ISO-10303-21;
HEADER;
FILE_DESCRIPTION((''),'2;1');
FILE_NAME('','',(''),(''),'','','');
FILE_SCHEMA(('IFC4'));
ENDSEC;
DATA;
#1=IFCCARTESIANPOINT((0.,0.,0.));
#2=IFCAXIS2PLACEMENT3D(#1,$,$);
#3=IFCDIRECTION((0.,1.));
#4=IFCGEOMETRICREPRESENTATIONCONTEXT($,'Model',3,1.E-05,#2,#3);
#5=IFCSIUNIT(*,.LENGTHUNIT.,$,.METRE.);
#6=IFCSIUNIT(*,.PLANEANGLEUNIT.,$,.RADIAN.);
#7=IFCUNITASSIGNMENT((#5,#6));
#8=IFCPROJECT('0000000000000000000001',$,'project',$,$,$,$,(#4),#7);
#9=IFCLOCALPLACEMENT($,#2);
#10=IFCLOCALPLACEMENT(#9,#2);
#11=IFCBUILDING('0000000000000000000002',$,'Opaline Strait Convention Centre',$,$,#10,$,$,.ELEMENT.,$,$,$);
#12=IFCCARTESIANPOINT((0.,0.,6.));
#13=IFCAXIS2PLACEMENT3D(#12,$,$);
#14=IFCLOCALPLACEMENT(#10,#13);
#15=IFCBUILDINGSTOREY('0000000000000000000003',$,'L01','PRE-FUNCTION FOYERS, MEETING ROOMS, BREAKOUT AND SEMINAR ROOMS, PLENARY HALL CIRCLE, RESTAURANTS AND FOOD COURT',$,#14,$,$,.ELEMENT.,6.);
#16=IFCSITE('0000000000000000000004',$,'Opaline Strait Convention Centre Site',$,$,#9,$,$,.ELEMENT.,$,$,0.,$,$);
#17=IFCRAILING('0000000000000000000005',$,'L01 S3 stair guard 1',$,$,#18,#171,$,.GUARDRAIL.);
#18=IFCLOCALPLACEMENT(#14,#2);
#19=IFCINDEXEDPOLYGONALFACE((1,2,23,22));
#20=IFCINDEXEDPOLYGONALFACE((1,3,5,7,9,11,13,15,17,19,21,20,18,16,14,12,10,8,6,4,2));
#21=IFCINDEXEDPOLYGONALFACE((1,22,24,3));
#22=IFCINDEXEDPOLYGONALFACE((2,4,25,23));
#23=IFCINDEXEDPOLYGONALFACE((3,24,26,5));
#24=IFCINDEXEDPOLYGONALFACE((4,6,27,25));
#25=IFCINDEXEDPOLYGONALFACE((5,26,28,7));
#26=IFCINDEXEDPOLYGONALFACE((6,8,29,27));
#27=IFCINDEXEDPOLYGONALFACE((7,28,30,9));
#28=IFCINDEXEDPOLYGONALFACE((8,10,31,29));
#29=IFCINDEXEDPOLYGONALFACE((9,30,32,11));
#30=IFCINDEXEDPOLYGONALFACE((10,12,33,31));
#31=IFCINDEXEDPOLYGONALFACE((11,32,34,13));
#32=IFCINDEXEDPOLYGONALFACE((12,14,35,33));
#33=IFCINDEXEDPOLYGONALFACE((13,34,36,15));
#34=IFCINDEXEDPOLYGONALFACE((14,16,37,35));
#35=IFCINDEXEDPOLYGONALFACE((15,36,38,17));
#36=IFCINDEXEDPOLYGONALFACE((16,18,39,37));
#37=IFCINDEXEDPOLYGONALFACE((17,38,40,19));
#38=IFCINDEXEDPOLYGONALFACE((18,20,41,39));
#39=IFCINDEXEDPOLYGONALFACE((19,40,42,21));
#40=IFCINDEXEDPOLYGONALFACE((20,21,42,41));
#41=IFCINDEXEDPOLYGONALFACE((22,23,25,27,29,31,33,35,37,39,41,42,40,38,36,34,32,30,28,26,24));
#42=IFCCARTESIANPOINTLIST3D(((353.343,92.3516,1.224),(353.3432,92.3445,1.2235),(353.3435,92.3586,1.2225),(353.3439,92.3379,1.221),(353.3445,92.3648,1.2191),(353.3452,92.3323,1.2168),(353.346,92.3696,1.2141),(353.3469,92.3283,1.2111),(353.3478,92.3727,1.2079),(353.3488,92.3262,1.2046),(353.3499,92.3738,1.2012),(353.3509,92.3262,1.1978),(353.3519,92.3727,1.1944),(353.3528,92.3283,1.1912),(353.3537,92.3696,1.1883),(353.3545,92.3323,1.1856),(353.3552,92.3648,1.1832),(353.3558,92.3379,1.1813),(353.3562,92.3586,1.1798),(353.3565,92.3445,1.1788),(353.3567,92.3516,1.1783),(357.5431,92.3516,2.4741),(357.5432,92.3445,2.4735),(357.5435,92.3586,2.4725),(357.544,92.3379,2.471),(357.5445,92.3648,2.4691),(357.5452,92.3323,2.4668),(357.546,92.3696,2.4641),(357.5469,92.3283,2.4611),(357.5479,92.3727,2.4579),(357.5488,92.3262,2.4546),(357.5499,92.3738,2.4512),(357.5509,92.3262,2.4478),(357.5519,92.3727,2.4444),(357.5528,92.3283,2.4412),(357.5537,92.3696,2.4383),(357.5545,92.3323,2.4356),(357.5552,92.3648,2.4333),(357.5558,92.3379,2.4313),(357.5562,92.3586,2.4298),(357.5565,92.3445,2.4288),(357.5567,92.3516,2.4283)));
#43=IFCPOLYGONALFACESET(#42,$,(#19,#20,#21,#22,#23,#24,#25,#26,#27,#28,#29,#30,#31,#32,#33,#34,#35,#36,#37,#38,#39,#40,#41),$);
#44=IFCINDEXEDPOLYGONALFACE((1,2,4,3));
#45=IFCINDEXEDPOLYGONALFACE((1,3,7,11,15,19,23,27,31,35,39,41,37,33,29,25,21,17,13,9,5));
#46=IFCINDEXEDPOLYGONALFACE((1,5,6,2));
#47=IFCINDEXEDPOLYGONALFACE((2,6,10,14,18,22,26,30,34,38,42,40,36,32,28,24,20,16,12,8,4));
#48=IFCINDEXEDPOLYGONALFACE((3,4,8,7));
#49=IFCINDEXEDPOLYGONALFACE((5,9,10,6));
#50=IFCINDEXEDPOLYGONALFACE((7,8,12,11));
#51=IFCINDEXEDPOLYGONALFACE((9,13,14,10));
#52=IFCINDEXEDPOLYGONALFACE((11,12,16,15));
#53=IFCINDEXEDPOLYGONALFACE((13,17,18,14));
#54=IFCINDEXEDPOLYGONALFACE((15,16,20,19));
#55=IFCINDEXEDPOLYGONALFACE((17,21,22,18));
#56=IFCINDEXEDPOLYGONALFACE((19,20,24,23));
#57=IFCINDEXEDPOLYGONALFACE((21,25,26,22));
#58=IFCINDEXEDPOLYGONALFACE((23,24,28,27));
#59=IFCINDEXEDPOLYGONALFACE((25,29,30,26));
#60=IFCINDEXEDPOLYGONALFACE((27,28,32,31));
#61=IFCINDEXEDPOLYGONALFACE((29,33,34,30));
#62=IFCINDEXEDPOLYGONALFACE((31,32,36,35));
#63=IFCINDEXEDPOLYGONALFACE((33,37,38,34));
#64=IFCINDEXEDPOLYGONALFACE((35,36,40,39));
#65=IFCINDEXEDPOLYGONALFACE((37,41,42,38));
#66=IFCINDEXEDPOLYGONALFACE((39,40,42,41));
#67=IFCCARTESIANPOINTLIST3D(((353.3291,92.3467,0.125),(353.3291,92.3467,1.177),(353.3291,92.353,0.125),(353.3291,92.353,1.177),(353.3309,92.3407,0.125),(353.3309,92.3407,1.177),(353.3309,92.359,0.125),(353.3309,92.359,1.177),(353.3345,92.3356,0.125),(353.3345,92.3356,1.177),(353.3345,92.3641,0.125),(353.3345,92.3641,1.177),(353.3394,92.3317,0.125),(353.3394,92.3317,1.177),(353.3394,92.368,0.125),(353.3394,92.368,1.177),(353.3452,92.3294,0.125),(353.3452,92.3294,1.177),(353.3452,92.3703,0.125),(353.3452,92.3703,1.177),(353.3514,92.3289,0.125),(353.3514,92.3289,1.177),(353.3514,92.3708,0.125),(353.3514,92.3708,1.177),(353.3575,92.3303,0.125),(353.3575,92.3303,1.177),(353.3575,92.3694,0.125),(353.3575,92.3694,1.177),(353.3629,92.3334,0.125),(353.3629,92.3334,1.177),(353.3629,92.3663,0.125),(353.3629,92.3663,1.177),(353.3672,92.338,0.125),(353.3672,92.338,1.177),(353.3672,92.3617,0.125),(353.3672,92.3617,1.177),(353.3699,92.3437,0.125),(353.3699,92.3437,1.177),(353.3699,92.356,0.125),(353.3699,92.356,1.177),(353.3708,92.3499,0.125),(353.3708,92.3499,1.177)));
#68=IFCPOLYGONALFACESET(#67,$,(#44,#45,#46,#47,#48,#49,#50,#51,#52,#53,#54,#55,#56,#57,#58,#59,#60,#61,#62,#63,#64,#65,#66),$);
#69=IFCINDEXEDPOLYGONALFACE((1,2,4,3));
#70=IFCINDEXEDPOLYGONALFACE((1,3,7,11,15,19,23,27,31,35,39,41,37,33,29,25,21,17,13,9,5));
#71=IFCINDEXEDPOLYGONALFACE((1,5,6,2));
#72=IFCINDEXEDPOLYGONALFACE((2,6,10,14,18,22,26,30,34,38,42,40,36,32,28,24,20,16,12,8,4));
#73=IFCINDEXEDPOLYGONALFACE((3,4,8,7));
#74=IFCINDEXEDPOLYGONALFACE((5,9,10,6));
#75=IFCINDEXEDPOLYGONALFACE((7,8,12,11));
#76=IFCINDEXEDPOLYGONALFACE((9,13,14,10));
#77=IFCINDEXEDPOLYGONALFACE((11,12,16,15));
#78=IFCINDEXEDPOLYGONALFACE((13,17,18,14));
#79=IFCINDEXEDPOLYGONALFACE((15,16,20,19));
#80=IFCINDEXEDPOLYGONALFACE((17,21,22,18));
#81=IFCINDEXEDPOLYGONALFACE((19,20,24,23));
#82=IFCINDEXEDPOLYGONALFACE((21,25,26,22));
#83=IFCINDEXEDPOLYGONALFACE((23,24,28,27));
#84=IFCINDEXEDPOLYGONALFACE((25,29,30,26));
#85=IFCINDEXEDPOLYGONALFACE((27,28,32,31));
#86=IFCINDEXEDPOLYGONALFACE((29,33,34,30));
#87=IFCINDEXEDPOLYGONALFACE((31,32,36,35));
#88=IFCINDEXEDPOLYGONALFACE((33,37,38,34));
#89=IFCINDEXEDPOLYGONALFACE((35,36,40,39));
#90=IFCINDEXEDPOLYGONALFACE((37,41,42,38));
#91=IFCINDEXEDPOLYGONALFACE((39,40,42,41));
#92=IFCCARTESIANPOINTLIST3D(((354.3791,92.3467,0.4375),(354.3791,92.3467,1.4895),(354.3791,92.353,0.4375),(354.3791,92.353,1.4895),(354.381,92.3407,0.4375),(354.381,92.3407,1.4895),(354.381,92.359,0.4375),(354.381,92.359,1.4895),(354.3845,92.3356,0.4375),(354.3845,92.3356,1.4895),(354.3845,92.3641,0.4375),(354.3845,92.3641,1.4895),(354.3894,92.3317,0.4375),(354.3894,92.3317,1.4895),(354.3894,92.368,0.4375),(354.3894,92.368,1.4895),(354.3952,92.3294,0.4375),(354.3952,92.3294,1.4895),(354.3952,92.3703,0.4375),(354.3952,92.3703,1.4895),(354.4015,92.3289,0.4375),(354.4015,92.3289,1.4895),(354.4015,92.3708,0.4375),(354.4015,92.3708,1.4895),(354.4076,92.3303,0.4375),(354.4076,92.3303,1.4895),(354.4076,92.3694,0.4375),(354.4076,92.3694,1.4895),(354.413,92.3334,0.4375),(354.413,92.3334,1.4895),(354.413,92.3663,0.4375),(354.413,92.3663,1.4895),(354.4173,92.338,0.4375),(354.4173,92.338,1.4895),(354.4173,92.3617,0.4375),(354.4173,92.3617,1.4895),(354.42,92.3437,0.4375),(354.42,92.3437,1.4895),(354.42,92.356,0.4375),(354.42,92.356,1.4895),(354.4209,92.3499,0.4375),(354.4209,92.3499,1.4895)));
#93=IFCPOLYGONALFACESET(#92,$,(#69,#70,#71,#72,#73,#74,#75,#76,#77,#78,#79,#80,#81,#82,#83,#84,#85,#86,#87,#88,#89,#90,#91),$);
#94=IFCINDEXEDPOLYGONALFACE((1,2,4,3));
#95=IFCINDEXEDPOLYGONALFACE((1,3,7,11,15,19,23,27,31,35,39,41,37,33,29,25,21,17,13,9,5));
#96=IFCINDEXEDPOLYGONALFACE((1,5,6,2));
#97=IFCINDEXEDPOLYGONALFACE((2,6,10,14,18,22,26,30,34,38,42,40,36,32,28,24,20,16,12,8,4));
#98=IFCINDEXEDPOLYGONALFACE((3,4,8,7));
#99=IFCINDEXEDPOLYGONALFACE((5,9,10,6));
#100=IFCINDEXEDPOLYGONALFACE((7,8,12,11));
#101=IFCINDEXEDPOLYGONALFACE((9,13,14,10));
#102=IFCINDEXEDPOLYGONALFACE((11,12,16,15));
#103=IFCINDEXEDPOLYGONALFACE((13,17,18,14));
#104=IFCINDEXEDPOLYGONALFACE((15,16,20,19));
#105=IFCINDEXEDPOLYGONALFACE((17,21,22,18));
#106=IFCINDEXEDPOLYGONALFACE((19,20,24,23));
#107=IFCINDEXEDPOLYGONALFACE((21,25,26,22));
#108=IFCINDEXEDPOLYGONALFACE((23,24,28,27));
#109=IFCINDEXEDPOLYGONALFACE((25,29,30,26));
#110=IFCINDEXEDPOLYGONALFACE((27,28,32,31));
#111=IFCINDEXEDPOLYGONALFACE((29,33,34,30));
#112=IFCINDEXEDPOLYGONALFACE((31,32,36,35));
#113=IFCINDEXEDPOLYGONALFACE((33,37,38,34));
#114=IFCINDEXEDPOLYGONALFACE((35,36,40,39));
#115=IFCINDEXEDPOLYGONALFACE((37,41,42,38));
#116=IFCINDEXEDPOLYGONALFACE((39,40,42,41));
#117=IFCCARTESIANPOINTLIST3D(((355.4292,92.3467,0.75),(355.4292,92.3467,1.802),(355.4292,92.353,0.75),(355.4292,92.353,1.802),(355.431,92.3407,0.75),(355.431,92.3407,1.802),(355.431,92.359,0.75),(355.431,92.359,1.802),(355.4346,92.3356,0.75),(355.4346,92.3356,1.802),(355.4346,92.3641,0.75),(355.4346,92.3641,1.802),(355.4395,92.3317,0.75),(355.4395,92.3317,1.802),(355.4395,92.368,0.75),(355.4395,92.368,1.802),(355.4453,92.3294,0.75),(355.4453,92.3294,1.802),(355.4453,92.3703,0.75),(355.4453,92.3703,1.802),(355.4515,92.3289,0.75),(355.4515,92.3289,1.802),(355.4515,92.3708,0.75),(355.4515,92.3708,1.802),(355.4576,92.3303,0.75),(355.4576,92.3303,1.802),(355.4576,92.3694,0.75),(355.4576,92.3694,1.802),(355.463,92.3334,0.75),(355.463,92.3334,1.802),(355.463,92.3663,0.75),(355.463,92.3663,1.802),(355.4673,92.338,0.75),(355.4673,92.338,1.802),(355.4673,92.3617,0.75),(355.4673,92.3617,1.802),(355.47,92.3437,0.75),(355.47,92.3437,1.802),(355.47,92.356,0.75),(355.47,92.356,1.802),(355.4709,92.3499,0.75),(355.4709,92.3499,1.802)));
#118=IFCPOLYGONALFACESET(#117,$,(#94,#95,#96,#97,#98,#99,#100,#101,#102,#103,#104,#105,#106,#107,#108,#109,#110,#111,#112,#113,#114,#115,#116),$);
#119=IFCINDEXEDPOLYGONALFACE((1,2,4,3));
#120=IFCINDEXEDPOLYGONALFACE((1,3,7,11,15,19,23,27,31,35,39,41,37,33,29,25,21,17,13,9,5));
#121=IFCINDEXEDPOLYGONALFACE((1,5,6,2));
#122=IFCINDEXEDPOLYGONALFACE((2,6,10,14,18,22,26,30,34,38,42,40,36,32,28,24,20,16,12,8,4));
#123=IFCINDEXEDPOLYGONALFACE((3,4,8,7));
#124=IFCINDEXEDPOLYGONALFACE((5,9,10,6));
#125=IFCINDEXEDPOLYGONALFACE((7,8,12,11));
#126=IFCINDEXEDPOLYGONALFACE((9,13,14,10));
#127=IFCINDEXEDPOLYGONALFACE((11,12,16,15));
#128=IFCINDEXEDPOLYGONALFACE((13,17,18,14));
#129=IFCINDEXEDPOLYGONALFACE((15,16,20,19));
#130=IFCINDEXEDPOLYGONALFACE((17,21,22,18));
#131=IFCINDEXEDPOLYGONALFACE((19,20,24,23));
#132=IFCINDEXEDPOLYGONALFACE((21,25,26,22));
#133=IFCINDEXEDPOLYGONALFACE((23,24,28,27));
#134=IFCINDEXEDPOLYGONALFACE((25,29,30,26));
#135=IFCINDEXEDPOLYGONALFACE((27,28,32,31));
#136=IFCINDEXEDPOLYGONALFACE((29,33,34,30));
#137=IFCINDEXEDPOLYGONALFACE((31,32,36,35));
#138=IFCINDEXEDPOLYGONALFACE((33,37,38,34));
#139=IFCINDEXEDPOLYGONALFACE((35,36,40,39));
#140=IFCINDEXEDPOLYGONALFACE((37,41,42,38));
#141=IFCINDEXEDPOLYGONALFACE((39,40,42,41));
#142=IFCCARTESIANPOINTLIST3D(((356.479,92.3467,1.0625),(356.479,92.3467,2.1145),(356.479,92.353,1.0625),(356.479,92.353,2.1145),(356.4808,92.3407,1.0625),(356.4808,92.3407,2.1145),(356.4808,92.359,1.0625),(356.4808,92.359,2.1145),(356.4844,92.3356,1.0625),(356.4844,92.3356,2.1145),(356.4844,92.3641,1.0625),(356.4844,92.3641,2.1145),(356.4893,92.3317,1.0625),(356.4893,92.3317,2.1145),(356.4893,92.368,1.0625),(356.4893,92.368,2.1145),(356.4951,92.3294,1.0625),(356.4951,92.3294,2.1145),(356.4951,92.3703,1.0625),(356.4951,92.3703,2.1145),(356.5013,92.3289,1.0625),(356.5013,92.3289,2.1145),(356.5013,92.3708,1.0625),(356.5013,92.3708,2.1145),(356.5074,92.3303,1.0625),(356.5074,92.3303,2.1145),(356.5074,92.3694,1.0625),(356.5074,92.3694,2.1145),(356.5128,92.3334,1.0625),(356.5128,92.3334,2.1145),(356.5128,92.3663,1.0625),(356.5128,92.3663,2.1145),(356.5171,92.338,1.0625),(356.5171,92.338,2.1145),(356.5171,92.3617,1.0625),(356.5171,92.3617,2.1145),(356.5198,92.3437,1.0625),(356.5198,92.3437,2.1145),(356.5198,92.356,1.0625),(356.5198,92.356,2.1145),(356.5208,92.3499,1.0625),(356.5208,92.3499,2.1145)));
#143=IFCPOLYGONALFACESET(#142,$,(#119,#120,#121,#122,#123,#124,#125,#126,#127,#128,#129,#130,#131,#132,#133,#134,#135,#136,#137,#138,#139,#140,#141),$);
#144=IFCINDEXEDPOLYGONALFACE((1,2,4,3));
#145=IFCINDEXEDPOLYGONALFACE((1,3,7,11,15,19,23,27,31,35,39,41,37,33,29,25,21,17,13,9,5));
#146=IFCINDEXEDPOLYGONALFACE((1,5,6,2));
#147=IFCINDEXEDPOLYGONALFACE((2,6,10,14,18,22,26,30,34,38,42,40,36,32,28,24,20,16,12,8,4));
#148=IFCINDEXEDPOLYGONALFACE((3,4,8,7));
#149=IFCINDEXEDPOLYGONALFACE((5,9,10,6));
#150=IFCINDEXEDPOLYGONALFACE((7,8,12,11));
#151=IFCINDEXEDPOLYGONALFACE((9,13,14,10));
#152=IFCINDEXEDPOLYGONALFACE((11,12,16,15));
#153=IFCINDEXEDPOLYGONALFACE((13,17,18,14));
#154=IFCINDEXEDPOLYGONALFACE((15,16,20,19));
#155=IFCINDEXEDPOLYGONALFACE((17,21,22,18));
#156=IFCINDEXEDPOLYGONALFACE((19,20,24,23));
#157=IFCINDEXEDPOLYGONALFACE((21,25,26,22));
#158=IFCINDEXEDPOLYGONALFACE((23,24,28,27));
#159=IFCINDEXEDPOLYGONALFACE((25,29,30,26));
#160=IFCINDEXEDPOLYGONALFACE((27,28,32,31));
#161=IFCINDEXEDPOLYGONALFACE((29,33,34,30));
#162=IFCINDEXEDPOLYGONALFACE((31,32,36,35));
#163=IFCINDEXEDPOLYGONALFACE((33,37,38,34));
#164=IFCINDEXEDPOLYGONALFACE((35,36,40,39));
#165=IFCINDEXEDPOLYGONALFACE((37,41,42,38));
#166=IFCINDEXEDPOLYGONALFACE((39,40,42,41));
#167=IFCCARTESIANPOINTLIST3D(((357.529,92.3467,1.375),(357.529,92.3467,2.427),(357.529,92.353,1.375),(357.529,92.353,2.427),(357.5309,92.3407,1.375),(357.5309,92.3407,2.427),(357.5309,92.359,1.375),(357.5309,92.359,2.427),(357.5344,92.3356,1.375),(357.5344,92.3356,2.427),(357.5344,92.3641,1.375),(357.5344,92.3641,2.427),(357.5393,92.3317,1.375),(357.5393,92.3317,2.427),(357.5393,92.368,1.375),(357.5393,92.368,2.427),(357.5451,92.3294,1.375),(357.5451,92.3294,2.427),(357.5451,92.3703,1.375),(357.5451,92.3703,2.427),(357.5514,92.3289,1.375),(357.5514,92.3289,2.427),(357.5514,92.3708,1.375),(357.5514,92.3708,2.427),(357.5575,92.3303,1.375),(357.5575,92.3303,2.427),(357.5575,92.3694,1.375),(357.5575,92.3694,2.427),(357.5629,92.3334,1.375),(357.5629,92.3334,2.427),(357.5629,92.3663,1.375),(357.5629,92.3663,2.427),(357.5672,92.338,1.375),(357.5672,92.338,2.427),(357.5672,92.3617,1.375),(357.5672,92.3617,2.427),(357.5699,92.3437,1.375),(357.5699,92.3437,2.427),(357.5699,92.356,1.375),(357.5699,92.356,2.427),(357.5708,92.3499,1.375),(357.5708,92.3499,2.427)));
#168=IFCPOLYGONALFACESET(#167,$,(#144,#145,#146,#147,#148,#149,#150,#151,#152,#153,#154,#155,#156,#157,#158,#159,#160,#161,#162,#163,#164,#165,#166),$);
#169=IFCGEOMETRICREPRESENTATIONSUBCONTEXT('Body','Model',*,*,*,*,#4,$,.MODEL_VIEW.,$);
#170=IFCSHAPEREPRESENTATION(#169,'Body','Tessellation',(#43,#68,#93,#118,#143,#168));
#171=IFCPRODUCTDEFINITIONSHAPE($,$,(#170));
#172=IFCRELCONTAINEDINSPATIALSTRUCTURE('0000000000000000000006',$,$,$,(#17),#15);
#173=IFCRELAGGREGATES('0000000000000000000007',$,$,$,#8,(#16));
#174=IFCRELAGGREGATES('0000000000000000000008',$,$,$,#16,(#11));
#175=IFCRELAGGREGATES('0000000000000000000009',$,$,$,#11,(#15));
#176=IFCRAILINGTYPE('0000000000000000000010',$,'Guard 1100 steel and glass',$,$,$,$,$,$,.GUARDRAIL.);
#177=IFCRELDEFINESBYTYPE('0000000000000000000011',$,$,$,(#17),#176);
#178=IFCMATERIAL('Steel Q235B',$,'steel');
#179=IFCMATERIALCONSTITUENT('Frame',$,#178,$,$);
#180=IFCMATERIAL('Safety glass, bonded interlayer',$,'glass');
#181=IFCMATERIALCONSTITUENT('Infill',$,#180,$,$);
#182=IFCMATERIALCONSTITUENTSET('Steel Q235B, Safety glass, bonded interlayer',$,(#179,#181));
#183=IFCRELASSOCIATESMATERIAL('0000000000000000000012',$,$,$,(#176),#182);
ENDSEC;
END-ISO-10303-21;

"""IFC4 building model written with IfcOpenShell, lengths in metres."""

from ifc_helpers import new_model, si_unit, direction, frame, origin, origin_2d, place, context, subcontext, project, spatial, circle, extrude, material, constituent, constituent_set, type_object, element, save


model = new_model("IFC4")

# Units and contexts
model_context = context("Model", 3, precision=1e-05, world=origin(), true_north=direction((0.0, 1.0)))
body_context = subcontext(model_context, "Body", "Model", "MODEL_VIEW")
ifc_project = project(units=[si_unit("LENGTHUNIT", "METRE"), si_unit("PLANEANGLEUNIT", "RADIAN")], contexts=[model_context])

# Site, building, storey
site_placement = place(None, origin())
site = spatial("IfcSite", under=ifc_project, at=site_placement, Name="Opaline Strait Convention Centre Site", CompositionType="ELEMENT", RefElevation=0.0)
building_placement = place(site_placement, origin())
building = spatial("IfcBuilding", under=site, at=building_placement, Name="Opaline Strait Convention Centre", CompositionType="ELEMENT")
storey_placement = place(building_placement, frame((0.0, 0.0, 6.0)))
storey = spatial("IfcBuildingStorey", under=building, at=storey_placement, Name="L01", Description="PRE-FUNCTION FOYERS, MEETING ROOMS, BREAKOUT AND SEMINAR ROOMS, PLENARY HALL CIRCLE, RESTAURANTS AND FOOD COURT", CompositionType="ELEMENT", Elevation=6.0)

# Shared definitions
ifc_material_1 = material(Name="Steel Q235B", Category="steel")

# Railing
ifc_constituent_1 = constituent(ifc_material_1, Name="Frame")
ifc_material_2 = material(Name="Safety glass, bonded interlayer", Category="glass")
ifc_constituent_2 = constituent(ifc_material_2, Name="Infill")
ifc_constituent_set = constituent_set(constituents=[ifc_constituent_1, ifc_constituent_2], Name="Steel Q235B, Safety glass, bonded interlayer")
railing_type = type_object("IfcRailingType", Name="Guard 1100 steel and glass", PredefinedType="GUARDRAIL", material=ifc_constituent_set)
railing_1_placement = place(storey_placement, frame((353.3499, 92.3499, 0.125)))
element("IfcRailing", 1, at=railing_1_placement, inside=storey, type_object=railing_type, Name="L01 S3 stair guard 1", PredefinedType="GUARDRAIL", context=body_context, shape_type="SweptSolid", body=[
    extrude(circle(Radius=0.0239, at=origin_2d()), frame((0.0, 0.0, 1.0762), z_axis=(0.958451, 0.0, 0.285257), x_axis=(0.0, 1.0, 0.0)), (0.0, 0.0, 1.0), 4.3821),
    extrude(circle(Radius=0.021, at=origin_2d()), origin(), (0.0, 0.0, 1.0), 1.052),
    extrude(circle(Radius=0.021, at=origin_2d()), frame((1.05, 0.0, 0.3125)), (0.0, 0.0, 1.0), 1.052),
    extrude(circle(Radius=0.021, at=origin_2d()), frame((2.1001, 0.0, 0.625)), (0.0, 0.0, 1.0), 1.052),
    extrude(circle(Radius=0.021, at=origin_2d()), frame((3.1499, 0.0, 0.9375)), (0.0, 0.0, 1.0), 1.052),
    extrude(circle(Radius=0.021, at=origin_2d()), frame((4.2, 0.0, 1.25)), (0.0, 0.0, 1.0), 1.052),
])

save(model, "model.ifc")
